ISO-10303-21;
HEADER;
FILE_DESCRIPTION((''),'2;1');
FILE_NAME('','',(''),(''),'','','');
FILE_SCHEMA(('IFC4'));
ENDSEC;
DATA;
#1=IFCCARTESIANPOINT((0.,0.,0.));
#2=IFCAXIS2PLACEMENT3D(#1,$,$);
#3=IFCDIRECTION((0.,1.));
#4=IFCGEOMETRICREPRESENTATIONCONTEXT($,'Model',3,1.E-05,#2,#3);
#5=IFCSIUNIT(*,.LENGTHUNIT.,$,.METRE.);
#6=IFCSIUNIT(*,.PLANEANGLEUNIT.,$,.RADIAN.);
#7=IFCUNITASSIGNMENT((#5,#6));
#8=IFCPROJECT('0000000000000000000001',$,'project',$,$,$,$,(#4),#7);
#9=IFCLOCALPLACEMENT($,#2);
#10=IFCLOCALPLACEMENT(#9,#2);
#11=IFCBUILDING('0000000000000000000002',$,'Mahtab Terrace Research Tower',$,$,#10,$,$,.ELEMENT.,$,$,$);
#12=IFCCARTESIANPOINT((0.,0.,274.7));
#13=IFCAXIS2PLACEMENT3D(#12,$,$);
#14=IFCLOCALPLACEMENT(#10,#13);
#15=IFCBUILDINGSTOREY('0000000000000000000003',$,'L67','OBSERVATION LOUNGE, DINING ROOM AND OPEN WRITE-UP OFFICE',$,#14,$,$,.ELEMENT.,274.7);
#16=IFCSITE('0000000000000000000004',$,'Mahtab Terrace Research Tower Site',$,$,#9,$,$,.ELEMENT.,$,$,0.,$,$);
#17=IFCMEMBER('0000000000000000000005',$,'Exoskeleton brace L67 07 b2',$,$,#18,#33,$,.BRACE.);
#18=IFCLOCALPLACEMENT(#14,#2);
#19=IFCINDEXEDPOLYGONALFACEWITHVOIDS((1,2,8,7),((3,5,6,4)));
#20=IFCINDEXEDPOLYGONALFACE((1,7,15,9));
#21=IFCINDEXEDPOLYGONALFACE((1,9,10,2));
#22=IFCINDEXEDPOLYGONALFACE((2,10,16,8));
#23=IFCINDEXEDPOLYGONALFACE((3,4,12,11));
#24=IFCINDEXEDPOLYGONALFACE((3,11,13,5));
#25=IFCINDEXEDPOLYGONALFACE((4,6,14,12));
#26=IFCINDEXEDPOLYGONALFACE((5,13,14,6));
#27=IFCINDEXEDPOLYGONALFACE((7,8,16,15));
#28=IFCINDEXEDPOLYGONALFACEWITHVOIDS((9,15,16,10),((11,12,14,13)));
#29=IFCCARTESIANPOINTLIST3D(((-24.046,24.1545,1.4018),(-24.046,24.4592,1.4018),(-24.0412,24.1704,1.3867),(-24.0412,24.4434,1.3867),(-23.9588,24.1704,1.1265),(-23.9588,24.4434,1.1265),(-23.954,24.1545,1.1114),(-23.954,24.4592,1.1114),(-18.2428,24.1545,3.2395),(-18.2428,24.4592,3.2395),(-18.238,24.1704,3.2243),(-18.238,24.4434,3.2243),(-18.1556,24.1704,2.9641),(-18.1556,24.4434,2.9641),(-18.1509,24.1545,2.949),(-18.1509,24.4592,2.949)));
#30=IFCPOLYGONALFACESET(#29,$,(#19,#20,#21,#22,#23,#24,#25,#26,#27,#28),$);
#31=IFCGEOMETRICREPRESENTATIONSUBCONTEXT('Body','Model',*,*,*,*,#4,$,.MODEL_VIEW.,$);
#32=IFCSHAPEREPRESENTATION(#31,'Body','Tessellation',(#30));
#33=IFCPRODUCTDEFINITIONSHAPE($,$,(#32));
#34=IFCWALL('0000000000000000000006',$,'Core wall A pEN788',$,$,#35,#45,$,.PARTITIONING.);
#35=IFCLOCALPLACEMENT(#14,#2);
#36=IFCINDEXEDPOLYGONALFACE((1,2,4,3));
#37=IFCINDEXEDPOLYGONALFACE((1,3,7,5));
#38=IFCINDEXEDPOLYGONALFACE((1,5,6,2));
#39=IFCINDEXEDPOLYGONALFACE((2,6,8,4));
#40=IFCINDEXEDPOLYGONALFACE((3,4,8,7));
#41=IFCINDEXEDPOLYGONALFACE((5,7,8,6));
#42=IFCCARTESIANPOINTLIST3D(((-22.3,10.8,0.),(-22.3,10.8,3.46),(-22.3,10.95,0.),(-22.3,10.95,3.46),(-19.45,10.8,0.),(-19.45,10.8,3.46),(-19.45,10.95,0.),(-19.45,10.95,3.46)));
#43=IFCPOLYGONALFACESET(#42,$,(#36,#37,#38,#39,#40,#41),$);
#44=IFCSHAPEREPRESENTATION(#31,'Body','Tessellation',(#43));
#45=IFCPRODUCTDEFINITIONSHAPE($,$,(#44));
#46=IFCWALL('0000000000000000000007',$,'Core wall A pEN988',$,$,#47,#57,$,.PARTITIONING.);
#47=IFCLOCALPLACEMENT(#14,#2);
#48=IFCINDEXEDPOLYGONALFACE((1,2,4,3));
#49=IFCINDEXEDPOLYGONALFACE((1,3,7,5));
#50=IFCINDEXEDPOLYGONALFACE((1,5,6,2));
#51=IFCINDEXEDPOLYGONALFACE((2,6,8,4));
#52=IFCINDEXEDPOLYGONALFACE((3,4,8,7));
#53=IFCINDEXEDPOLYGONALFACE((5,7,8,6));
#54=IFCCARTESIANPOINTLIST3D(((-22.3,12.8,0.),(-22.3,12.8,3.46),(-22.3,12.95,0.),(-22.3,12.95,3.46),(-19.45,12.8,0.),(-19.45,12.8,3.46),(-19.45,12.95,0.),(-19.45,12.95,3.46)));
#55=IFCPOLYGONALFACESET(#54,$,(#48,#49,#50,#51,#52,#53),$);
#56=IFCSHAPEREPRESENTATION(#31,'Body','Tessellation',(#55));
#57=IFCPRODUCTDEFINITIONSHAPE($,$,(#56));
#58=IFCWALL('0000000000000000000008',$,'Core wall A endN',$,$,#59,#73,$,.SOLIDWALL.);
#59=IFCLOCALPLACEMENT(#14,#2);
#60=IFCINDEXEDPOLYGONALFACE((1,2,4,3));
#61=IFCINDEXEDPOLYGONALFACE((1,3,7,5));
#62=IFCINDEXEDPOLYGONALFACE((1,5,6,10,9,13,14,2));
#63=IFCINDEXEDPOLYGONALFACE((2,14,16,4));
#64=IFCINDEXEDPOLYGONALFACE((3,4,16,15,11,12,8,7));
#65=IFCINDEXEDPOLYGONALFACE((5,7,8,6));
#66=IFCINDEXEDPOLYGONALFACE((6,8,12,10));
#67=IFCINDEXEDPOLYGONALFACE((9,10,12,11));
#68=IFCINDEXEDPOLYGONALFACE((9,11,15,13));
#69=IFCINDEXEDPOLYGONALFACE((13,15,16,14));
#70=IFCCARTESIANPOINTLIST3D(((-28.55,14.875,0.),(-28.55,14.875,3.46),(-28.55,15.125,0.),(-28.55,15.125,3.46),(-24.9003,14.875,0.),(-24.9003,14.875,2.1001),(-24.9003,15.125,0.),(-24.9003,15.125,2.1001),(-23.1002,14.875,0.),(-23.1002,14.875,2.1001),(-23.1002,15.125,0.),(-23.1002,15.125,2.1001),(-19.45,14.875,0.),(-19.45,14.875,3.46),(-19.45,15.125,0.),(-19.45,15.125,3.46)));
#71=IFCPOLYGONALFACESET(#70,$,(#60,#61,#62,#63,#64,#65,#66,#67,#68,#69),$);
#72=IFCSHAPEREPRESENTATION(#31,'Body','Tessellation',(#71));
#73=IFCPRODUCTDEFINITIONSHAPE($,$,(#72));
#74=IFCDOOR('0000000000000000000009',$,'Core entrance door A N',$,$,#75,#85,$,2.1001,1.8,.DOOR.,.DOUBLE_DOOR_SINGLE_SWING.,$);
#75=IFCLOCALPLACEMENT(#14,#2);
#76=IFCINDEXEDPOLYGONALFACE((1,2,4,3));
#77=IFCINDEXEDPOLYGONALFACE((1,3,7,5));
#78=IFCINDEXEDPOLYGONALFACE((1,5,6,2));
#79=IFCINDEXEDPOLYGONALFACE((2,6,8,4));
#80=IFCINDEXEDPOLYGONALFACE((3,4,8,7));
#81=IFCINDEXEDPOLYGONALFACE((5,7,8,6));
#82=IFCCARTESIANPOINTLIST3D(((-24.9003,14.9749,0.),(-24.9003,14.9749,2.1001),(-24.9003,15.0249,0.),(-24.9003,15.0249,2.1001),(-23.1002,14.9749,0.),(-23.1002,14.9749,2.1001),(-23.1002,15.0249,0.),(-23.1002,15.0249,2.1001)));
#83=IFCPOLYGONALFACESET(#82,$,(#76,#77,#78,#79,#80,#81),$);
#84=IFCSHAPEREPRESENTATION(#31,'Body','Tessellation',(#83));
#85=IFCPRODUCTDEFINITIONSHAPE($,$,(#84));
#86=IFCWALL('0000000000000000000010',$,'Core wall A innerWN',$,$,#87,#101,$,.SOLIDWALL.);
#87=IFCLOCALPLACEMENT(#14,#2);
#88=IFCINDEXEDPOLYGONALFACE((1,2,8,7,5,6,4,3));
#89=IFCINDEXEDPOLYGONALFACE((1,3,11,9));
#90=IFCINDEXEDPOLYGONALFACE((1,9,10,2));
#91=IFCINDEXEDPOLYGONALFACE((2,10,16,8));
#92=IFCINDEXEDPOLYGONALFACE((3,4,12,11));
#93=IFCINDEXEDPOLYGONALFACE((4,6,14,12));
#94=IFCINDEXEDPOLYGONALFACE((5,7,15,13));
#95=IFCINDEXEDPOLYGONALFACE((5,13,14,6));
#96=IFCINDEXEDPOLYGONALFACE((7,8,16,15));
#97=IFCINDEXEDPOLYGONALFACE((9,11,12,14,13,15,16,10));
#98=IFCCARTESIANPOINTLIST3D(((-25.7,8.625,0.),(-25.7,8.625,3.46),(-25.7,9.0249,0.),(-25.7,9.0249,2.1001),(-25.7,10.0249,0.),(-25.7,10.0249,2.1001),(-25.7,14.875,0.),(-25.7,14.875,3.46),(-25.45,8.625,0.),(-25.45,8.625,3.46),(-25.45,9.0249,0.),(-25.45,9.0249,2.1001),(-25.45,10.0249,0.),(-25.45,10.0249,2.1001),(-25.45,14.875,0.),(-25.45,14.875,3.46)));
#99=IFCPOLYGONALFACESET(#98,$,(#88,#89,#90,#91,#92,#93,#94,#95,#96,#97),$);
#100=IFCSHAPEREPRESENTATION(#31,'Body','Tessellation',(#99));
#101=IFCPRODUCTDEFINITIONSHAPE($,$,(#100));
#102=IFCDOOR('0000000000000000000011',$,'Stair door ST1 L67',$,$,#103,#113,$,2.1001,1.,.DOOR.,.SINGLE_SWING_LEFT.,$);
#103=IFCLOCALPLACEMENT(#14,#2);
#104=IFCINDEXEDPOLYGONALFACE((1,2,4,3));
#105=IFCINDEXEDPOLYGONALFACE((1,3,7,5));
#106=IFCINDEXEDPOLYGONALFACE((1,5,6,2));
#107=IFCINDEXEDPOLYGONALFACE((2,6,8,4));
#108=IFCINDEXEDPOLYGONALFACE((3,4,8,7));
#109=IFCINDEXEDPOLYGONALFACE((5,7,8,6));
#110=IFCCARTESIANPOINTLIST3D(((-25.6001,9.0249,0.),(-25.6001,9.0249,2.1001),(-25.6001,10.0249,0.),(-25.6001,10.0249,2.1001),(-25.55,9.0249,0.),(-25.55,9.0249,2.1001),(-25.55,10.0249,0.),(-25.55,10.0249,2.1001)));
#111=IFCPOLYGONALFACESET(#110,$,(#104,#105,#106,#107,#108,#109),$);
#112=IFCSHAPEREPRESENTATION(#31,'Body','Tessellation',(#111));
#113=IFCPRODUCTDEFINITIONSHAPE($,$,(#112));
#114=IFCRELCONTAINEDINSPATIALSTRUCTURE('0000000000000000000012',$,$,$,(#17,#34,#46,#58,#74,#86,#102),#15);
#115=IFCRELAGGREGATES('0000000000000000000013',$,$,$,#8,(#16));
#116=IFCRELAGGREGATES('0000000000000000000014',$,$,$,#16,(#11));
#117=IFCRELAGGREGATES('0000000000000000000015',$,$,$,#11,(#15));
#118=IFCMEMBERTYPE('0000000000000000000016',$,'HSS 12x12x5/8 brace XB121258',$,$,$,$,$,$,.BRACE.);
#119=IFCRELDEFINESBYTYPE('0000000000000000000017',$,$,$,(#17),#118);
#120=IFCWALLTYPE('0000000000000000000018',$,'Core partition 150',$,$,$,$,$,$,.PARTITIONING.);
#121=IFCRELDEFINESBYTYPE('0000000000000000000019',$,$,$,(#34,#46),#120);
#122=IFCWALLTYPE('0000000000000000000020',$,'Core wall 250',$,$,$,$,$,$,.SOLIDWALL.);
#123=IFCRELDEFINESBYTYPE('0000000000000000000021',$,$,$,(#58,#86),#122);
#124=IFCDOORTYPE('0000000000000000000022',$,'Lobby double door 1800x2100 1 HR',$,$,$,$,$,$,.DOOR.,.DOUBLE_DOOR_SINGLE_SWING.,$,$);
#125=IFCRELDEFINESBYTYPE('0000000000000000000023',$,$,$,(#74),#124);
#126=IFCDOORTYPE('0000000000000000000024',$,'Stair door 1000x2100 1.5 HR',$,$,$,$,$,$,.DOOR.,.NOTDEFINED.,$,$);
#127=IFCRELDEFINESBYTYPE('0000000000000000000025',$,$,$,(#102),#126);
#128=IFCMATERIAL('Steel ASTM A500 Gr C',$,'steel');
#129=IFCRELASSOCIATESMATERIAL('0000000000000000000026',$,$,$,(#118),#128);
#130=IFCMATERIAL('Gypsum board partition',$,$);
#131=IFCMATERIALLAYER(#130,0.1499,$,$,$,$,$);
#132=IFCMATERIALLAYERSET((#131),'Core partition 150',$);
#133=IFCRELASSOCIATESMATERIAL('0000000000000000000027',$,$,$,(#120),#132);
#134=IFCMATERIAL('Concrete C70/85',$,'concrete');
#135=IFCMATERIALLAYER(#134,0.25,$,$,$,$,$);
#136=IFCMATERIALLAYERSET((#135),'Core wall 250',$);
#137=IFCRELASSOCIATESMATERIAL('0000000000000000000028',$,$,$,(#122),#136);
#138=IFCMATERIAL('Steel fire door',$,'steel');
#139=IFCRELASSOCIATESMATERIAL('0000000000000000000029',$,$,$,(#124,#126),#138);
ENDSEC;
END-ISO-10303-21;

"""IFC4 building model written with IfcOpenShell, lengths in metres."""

from ifc_helpers import new_model, si_unit, direction, frame, frame_2d, origin, origin_2d, place, context, subcontext, project, spatial, rectangle, hollow_rectangle, extrude, material, layer, layer_set, material_profile, profile_set, type_object, element, fill, save


model = new_model("IFC4")

# Units and contexts
model_context = context("Model", 3, precision=1e-05, world=origin(), true_north=direction((0.0, 1.0)))
body_context = subcontext(model_context, "Body", "Model", "MODEL_VIEW")
ifc_project = project(units=[si_unit("LENGTHUNIT", "METRE"), si_unit("PLANEANGLEUNIT", "RADIAN")], contexts=[model_context])

# Site, building, storey
site_placement = place(None, origin())
site = spatial("IfcSite", under=ifc_project, at=site_placement, Name="Mahtab Terrace Research Tower Site", CompositionType="ELEMENT", RefElevation=0.0)
building_placement = place(site_placement, origin())
building = spatial("IfcBuilding", under=site, at=building_placement, Name="Mahtab Terrace Research Tower", CompositionType="ELEMENT")
storey_placement = place(building_placement, frame((0.0, 0.0, 274.7)))
storey = spatial("IfcBuildingStorey", under=building, at=storey_placement, Name="L67", Description="OBSERVATION LOUNGE, DINING ROOM AND OPEN WRITE-UP OFFICE", CompositionType="ELEMENT", Elevation=274.7)

# Member
ifc_material_1 = material(Name="Steel ASTM A500 Gr C", Category="steel")
ifc_material_profile = material_profile(ifc_material_1, hollow_rectangle(XDim=0.3047, YDim=0.3047, WallThickness=0.0159, at=origin_2d()), Name="HSS12X12X5/8")
ifc_profile_set = profile_set([ifc_material_profile], Name="Steel ASTM A500 Gr C")
member_type = type_object("IfcMemberType", Name="HSS 12x12x5/8 brace XB121258", PredefinedType="BRACE", material=ifc_profile_set)
member_placement = place(storey_placement, frame((-24.0, 24.3069, 1.2566), z_axis=(0.953344, 0.0, 0.301886), x_axis=(0.0, 1.0, 0.0)))
element("IfcMember", 1, at=member_placement, inside=storey, type_object=member_type, Name="Exoskeleton brace L67 07 b2", PredefinedType="BRACE", context=body_context, shape_type="SweptSolid", body=[
    extrude(hollow_rectangle(XDim=0.3047, YDim=0.3047, WallThickness=0.0159, at=origin_2d()), origin(), (0.0, 0.0, 1.0), 6.0872),
])

# Walls
ifc_material_2 = material(Name="Gypsum board partition")
ifc_layer_1 = layer(ifc_material_2, 0.1499)
ifc_layer_set_1 = layer_set([ifc_layer_1], Name="Core partition 150")
wall_type_1 = type_object("IfcWallType", Name="Core partition 150", PredefinedType="PARTITIONING", material=ifc_layer_set_1)
for number, where, z_axis, x_axis, name in (
    (2, (-22.3, 10.875, 0.0), (0.0, 0.0, 1.0), (1.0, 0.0, 0.0), "Core wall A pEN788"),
    (3, (-22.3, 12.875, 0.0), (0.0, 0.0, 1.0), (1.0, 0.0, 0.0), "Core wall A pEN988"),
):
    element("IfcWall", number, at=place(storey_placement, frame(where, z_axis=z_axis, x_axis=x_axis)), inside=storey, type_object=wall_type_1, Name=name, PredefinedType="PARTITIONING", context=body_context, shape_type="SweptSolid", body=[
        extrude(rectangle(XDim=2.8501, YDim=0.1499, at=frame_2d((1.425, 0.0))), origin(), (0.0, 0.0, 1.0), 3.46),
    ])

# Walls, openings, doors
ifc_material_3 = material(Name="Concrete C70/85", Category="concrete")
ifc_layer_2 = layer(ifc_material_3, 0.25)
ifc_layer_set_2 = layer_set([ifc_layer_2], Name="Core wall 250")
wall_type_2 = type_object("IfcWallType", Name="Core wall 250", PredefinedType="SOLIDWALL", material=ifc_layer_set_2)
wall_1_placement = place(storey_placement, frame((-28.55, 15.0, 0.0), z_axis=(0.0, 0.0, 1.0), x_axis=(1.0, 0.0, 0.0)))
wall_1 = element("IfcWall", 4, at=wall_1_placement, inside=storey, type_object=wall_type_2, Name="Core wall A endN", PredefinedType="SOLIDWALL", context=body_context, shape_type="SweptSolid", body=[
    extrude(rectangle(XDim=9.1001, YDim=0.25, at=frame_2d((4.55, 0.0))), origin(), (0.0, 0.0, 1.0), 3.46),
])
opening_1_placement = place(wall_1_placement, frame((3.6499, 0.0, 0.0)))
opening_1 = element("IfcOpeningElement", 5, at=opening_1_placement, cuts=wall_1, PredefinedType="OPENING", context=body_context, shape_type="SweptSolid", body=[
    extrude(rectangle(XDim=1.8, YDim=2.1001, at=frame_2d((0.8999, 1.05))), frame((0.0, 0.135, 0.0), z_axis=(0.0, -1.0, 0.0), x_axis=(1.0, 0.0, 0.0)), (0.0, 0.0, 1.0), 0.27),
])
ifc_material_4 = material(Name="Steel fire door", Category="steel")
door_type_1 = type_object("IfcDoorType", Name="Lobby double door 1800x2100 1 HR", OperationType="DOUBLE_DOOR_SINGLE_SWING", PredefinedType="DOOR", material=ifc_material_4)
door_1_placement = place(opening_1_placement, origin())
door_1 = element("IfcDoor", 6, at=door_1_placement, inside=storey, type_object=door_type_1, Name="Core entrance door A N", OperationType="DOUBLE_DOOR_SINGLE_SWING", OverallHeight=2.1001, OverallWidth=1.8, PredefinedType="DOOR", context=body_context, shape_type="SweptSolid", body=[
    extrude(rectangle(XDim=1.8, YDim=2.1001, at=frame_2d((0.8999, 1.05))), frame((0.0, 0.0249, 0.0), z_axis=(0.0, -1.0, 0.0), x_axis=(1.0, 0.0, 0.0)), (0.0, 0.0, 1.0), 0.05),
])
fill(opening_1, door_1)
wall_2_placement = place(storey_placement, frame((-25.575, 14.875, 0.0), z_axis=(0.0, 0.0, 1.0), x_axis=(0.0, -1.0, 0.0)))
wall_2 = element("IfcWall", 7, at=wall_2_placement, inside=storey, type_object=wall_type_2, Name="Core wall A innerWN", PredefinedType="SOLIDWALL", context=body_context, shape_type="SweptSolid", body=[
    extrude(rectangle(XDim=6.25, YDim=0.25, at=frame_2d((3.125, 0.0))), origin(), (0.0, 0.0, 1.0), 3.46),
])
opening_2_placement = place(wall_2_placement, frame((4.8501, 0.0, 0.0)))
opening_2 = element("IfcOpeningElement", 8, at=opening_2_placement, cuts=wall_2, PredefinedType="OPENING", context=body_context, shape_type="SweptSolid", body=[
    extrude(rectangle(XDim=1.0, YDim=2.1001, at=frame_2d((0.5, 1.05))), frame((0.0, 0.135, 0.0), z_axis=(0.0, -1.0, 0.0), x_axis=(1.0, 0.0, 0.0)), (0.0, 0.0, 1.0), 0.27),
])
door_type_2 = type_object("IfcDoorType", Name="Stair door 1000x2100 1.5 HR", OperationType="NOTDEFINED", PredefinedType="DOOR", material=ifc_material_4)
door_2_placement = place(opening_2_placement, origin())
door_2 = element("IfcDoor", 9, at=door_2_placement, inside=storey, type_object=door_type_2, Name="Stair door ST1 L67", OperationType="SINGLE_SWING_LEFT", OverallHeight=2.1001, OverallWidth=1.0, PredefinedType="DOOR", context=body_context, shape_type="SweptSolid", body=[
    extrude(rectangle(XDim=1.0, YDim=2.1001, at=frame_2d((0.5, 1.05))), frame((0.0, 0.0249, 0.0), z_axis=(0.0, -1.0, 0.0), x_axis=(1.0, 0.0, 0.0)), (0.0, 0.0, 1.0), 0.05),
])
fill(opening_2, door_2)

save(model, "model.ifc")
